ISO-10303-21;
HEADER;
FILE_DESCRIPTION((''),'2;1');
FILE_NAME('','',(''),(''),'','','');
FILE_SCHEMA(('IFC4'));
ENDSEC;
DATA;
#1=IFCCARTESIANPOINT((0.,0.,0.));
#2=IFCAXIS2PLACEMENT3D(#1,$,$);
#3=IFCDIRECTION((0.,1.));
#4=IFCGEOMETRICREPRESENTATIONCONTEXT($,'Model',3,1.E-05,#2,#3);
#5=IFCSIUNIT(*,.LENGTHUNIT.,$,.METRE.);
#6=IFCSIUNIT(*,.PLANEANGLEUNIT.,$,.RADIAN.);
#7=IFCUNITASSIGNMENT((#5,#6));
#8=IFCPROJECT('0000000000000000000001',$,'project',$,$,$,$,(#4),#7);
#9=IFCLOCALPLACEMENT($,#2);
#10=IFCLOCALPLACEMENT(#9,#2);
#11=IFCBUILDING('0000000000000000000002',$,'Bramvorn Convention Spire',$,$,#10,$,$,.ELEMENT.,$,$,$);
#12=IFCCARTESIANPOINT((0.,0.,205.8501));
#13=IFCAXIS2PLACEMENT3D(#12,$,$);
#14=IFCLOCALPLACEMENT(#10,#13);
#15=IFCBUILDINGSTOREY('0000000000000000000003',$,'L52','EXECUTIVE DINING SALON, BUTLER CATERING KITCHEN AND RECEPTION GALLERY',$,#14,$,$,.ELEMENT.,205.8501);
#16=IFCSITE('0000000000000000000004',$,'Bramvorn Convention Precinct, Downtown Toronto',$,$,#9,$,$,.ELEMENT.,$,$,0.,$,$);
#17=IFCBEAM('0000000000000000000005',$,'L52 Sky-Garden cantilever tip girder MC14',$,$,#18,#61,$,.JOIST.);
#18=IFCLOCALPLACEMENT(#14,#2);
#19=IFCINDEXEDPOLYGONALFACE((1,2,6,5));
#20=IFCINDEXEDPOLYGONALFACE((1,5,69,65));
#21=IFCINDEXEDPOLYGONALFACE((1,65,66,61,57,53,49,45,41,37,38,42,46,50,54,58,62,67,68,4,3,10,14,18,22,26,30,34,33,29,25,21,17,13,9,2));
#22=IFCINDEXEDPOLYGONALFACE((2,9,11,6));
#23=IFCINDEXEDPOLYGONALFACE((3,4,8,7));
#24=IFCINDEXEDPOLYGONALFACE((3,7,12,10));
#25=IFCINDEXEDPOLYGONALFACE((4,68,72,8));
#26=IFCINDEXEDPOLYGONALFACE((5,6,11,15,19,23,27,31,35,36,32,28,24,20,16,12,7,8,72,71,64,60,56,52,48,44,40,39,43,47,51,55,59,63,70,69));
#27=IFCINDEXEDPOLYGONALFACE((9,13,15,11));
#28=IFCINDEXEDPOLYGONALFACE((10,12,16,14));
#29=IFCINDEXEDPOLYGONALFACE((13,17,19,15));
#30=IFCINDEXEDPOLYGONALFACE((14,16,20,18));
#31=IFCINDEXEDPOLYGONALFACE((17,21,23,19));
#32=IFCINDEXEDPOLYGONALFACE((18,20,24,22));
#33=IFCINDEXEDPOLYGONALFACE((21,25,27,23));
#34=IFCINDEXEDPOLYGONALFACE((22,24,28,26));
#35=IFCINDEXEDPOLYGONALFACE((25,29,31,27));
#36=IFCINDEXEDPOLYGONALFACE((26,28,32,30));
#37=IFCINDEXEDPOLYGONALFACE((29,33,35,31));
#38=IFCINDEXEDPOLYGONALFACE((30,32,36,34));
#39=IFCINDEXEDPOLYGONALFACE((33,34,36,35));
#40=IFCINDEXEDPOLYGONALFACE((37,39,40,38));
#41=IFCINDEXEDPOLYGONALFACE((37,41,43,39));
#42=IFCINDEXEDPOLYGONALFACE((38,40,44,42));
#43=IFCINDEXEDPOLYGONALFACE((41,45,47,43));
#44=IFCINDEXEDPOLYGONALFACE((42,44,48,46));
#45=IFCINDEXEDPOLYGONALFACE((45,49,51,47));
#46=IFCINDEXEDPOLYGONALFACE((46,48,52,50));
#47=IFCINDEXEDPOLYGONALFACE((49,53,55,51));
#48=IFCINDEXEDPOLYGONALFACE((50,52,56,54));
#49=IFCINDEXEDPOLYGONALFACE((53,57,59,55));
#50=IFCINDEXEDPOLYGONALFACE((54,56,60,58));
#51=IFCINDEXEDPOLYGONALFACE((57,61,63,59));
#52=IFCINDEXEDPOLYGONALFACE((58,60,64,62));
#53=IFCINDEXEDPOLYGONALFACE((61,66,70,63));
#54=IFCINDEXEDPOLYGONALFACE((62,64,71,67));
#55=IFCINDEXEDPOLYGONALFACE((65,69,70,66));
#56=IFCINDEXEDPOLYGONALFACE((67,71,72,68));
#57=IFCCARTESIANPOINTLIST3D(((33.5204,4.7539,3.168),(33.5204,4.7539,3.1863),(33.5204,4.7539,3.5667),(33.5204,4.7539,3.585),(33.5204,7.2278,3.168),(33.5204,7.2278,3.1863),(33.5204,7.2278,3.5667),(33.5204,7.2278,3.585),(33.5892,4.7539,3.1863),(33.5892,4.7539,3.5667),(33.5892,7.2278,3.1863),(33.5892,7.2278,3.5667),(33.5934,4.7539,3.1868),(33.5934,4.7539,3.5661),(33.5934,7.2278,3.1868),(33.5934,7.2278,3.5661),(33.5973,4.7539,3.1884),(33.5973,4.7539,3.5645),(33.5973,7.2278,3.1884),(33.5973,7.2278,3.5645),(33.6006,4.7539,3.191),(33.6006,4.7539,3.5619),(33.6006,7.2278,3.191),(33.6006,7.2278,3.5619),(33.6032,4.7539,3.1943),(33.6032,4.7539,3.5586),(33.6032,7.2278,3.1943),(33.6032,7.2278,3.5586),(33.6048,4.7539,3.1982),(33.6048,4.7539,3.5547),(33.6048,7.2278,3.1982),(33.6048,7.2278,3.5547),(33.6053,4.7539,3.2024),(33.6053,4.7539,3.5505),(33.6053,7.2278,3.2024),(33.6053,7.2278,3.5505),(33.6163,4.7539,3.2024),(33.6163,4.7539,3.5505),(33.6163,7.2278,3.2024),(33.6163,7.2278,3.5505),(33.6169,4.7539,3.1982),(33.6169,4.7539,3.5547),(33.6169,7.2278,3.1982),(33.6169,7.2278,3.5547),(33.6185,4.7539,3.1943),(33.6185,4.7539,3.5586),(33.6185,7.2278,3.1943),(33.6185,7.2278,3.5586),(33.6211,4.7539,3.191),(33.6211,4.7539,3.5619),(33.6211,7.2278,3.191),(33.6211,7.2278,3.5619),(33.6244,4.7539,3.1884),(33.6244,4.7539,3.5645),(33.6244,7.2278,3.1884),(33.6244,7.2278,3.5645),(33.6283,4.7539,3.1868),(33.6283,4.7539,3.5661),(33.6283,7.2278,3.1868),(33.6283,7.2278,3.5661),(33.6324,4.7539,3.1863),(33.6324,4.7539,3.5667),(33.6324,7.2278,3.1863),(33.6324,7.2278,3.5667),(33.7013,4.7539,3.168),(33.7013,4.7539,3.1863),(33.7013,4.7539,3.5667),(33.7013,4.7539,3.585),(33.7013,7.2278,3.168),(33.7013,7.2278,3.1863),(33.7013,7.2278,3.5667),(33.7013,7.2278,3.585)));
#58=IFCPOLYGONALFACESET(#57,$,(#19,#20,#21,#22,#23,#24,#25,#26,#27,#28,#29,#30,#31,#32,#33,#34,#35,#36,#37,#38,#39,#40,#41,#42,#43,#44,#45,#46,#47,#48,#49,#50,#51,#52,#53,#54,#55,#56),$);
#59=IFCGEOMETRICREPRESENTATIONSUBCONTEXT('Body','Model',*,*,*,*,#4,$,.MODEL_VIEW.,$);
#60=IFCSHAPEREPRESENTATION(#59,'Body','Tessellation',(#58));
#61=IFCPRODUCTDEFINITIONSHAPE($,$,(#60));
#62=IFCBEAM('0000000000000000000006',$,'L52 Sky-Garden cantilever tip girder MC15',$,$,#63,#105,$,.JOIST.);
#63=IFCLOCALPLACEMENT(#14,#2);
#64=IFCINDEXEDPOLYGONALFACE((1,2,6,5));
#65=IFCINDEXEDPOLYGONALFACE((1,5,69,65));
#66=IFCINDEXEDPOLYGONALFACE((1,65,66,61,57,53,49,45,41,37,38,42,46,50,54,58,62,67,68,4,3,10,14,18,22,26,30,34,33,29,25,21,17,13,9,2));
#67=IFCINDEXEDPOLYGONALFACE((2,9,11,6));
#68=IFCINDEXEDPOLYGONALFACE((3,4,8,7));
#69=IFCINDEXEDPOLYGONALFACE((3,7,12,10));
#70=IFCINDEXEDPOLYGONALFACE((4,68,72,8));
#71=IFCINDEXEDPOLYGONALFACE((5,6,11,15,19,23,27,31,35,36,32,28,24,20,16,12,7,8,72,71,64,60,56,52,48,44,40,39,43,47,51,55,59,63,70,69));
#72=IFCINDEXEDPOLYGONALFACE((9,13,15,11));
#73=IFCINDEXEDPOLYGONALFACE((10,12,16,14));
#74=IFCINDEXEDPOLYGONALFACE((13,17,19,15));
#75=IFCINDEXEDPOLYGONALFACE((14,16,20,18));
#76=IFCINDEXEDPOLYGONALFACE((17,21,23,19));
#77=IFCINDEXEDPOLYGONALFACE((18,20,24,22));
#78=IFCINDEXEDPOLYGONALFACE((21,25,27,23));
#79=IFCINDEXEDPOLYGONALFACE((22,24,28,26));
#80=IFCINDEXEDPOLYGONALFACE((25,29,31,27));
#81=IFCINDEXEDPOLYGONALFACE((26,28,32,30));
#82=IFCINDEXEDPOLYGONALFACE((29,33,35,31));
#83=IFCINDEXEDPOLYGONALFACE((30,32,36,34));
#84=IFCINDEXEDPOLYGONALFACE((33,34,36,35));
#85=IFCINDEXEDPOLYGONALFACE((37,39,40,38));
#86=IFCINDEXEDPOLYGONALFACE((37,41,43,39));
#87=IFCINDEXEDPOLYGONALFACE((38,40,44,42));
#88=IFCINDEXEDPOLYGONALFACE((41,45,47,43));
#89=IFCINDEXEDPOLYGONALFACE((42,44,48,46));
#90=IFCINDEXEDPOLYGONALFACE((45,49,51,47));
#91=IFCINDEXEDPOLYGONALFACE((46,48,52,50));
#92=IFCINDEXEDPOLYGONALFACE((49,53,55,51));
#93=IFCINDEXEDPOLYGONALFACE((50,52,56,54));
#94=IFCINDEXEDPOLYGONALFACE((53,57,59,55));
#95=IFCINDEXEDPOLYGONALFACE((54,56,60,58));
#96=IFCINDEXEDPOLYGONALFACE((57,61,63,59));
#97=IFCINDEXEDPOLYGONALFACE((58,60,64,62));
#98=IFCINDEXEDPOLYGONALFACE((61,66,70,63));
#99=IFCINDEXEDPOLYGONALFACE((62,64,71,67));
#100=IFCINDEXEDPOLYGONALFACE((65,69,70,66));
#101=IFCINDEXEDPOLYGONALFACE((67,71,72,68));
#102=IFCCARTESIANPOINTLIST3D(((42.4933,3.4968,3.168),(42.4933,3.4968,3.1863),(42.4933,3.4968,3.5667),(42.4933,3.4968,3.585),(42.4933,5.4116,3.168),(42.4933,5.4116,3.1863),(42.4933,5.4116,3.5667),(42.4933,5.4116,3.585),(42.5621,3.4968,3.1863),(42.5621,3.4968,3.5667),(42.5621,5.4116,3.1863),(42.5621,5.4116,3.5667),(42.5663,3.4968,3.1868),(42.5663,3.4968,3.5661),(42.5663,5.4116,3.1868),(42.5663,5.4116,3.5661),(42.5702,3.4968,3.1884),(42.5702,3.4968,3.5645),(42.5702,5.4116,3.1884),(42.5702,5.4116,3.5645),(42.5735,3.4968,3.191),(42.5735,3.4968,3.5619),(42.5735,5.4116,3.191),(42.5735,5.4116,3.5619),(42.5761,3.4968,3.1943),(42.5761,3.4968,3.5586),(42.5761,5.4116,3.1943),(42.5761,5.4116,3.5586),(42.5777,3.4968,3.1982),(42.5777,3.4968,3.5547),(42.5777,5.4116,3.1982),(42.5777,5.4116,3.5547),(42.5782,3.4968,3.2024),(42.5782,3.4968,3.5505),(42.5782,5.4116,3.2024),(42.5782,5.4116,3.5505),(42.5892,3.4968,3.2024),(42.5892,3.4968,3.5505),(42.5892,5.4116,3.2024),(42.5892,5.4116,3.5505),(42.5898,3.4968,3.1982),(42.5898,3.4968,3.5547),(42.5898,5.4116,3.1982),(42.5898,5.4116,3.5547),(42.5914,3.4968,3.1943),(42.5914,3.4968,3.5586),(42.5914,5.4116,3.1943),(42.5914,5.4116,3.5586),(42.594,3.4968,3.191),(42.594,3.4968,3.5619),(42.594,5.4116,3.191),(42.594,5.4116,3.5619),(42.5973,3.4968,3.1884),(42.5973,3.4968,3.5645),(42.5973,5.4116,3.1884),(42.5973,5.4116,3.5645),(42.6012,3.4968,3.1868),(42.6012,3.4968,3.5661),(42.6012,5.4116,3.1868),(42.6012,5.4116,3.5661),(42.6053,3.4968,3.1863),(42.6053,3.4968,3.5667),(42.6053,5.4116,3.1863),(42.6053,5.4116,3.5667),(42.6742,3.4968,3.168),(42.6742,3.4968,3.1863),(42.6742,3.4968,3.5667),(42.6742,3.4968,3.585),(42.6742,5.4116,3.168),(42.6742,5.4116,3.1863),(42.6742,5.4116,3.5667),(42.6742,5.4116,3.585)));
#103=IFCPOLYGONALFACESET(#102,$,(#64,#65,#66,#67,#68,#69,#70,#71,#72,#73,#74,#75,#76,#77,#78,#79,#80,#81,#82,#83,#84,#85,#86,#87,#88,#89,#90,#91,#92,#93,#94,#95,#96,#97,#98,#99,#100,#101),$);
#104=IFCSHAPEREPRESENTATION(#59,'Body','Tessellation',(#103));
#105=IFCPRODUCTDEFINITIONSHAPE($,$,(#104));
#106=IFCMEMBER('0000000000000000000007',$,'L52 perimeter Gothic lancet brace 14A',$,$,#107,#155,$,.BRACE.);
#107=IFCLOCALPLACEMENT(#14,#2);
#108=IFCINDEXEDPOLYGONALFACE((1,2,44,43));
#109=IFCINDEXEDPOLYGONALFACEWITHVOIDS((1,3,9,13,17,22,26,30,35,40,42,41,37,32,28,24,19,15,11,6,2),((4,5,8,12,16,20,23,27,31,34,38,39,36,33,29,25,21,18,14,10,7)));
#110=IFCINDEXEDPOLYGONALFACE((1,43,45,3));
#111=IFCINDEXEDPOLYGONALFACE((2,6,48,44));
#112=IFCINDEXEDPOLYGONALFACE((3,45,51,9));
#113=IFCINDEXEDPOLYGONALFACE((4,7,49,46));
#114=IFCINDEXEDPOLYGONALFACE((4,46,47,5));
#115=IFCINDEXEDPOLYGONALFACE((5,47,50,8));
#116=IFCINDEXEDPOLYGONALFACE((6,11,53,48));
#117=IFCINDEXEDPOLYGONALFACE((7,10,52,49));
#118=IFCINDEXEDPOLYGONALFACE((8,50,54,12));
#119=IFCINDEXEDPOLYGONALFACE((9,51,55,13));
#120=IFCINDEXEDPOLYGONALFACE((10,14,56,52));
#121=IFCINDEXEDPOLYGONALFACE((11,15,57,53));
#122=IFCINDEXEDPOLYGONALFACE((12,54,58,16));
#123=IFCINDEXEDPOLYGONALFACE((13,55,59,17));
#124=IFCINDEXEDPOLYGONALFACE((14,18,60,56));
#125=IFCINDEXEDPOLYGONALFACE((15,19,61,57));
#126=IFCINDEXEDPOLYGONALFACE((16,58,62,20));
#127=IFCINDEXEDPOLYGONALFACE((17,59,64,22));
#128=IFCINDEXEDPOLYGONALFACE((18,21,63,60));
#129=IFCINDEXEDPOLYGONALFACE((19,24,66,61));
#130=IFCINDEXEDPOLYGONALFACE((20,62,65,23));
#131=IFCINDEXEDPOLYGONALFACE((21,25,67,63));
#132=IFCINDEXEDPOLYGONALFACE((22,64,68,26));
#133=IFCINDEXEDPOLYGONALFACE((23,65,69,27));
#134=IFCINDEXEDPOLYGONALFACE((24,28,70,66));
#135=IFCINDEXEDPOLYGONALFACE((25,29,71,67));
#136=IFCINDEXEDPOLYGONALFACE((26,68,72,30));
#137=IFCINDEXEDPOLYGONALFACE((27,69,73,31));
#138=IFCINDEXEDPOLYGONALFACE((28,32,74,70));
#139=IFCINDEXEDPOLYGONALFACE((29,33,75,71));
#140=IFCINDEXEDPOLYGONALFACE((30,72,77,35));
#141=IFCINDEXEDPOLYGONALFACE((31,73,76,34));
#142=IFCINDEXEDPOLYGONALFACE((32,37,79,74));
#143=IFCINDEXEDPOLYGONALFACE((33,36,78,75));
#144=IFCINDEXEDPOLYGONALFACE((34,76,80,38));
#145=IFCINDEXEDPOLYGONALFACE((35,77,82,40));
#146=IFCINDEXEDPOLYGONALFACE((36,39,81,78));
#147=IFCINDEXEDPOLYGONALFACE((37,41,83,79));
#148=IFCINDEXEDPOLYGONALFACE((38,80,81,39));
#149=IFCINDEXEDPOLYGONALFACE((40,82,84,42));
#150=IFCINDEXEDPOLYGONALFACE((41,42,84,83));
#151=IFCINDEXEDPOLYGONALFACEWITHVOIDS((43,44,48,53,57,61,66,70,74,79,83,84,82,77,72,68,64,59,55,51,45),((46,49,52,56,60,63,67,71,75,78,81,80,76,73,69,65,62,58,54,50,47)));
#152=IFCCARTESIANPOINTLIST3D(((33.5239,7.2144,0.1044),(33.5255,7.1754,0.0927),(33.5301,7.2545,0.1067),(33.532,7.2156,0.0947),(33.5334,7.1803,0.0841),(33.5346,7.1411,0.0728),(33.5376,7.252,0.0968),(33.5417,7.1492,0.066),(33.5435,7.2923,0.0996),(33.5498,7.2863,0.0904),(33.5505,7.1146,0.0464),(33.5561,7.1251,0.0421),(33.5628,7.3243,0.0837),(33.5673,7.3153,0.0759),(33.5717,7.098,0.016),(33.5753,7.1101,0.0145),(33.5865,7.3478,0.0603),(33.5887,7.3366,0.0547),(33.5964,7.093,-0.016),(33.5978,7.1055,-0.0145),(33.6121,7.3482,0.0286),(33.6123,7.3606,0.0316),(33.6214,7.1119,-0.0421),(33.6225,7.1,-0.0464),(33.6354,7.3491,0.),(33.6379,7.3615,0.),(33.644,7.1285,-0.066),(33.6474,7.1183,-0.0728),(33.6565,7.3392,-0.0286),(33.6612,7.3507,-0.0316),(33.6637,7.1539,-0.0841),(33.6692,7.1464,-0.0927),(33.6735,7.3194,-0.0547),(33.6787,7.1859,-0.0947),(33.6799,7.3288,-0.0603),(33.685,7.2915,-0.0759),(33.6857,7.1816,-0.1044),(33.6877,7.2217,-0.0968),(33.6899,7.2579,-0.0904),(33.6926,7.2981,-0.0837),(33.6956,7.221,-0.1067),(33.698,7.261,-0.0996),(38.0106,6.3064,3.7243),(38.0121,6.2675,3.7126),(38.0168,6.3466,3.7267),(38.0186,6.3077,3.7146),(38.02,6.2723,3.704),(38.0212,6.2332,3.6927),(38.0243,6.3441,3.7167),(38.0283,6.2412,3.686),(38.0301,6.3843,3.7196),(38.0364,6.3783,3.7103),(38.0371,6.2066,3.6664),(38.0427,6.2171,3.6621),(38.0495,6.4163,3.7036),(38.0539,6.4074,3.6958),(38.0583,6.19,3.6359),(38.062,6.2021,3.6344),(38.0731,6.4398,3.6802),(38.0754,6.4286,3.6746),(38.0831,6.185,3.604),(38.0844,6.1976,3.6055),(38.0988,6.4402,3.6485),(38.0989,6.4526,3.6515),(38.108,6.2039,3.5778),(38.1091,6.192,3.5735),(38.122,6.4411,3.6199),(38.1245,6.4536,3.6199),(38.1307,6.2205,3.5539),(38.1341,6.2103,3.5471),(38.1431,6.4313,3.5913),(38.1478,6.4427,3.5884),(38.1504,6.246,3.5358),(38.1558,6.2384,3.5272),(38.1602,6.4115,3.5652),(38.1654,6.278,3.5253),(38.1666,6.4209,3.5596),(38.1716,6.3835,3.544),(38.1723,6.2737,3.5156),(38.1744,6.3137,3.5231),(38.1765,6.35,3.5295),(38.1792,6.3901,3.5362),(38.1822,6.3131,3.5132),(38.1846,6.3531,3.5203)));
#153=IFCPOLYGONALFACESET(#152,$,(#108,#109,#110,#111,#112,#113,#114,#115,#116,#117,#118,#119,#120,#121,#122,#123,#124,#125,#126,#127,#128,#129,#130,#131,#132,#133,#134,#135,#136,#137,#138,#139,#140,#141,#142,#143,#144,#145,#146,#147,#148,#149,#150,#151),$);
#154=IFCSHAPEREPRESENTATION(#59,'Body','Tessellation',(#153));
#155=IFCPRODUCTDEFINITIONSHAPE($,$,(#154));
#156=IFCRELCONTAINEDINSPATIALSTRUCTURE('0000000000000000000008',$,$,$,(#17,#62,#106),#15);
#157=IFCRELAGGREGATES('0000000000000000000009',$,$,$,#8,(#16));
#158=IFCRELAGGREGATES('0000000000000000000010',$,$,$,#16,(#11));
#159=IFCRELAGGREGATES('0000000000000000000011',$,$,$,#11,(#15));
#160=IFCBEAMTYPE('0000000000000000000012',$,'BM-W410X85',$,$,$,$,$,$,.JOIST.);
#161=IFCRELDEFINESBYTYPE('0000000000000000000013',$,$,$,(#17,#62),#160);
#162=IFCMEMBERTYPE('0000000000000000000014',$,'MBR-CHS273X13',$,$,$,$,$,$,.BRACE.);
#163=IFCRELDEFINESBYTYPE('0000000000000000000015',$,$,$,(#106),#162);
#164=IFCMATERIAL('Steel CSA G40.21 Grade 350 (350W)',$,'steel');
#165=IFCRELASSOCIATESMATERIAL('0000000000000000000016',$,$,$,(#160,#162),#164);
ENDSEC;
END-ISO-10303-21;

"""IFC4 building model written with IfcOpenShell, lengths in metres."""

from ifc_helpers import new_model, si_unit, direction, frame, origin, origin_2d, place, context, subcontext, project, spatial, hollow_circle, i_section, extrude, material, material_profile, profile_set, type_object, element, save


model = new_model("IFC4")

# Units and contexts
model_context = context("Model", 3, precision=1e-05, world=origin(), true_north=direction((0.0, 1.0)))
body_context = subcontext(model_context, "Body", "Model", "MODEL_VIEW")
ifc_project = project(units=[si_unit("LENGTHUNIT", "METRE"), si_unit("PLANEANGLEUNIT", "RADIAN")], contexts=[model_context])

# Site, building, storey
site_placement = place(None, origin())
site = spatial("IfcSite", under=ifc_project, at=site_placement, Name="Bramvorn Convention Precinct, Downtown Toronto", CompositionType="ELEMENT", RefElevation=0.0)
building_placement = place(site_placement, origin())
building = spatial("IfcBuilding", under=site, at=building_placement, Name="Bramvorn Convention Spire", CompositionType="ELEMENT")
storey_placement = place(building_placement, frame((0.0, 0.0, 205.8501)))
storey = spatial("IfcBuildingStorey", under=building, at=storey_placement, Name="L52", Description="EXECUTIVE DINING SALON, BUTLER CATERING KITCHEN AND RECEPTION GALLERY", CompositionType="ELEMENT", Elevation=205.8501)

# Shared definitions
ifc_material_1 = material(Name="Steel CSA G40.21 Grade 350 (350W)", Category="steel")

# Beams
ifc_material_profile_1 = material_profile(ifc_material_1, i_section(OverallWidth=0.1809, OverallDepth=0.417, WebThickness=0.011, FlangeThickness=0.0183, FilletRadius=0.0161, at=origin_2d()))
ifc_profile_set_1 = profile_set([ifc_material_profile_1], Name="Steel CSA G40.21 Grade 350 (350W) - W410X85")
beam_type_1 = type_object("IfcBeamType", Name="BM-W410X85", PredefinedType="JOIST", material=ifc_profile_set_1)
beam_1_placement = place(storey_placement, frame((33.6108, 7.2278, 3.3765), z_axis=(0.0, -1.0, 0.0), x_axis=(1.0, 0.0, 0.0)))
element("IfcBeam", 1, at=beam_1_placement, inside=storey, type_object=beam_type_1, Name="L52 Sky-Garden cantilever tip girder MC14", PredefinedType="JOIST", context=body_context, shape_type="SweptSolid", body=[
    extrude(i_section(OverallWidth=0.1809, OverallDepth=0.417, WebThickness=0.011, FlangeThickness=0.0183, FilletRadius=0.0161, at=origin_2d()), origin(), (0.0, 0.0, 1.0), 2.4739),
])
beam_2_placement = place(storey_placement, frame((42.5837, 5.4116, 3.3765), z_axis=(0.0, -1.0, 0.0), x_axis=(1.0, 0.0, 0.0)))
element("IfcBeam", 2, at=beam_2_placement, inside=storey, type_object=beam_type_1, Name="L52 Sky-Garden cantilever tip girder MC15", PredefinedType="JOIST", context=body_context, shape_type="SweptSolid", body=[
    extrude(i_section(OverallWidth=0.1809, OverallDepth=0.417, WebThickness=0.011, FlangeThickness=0.0183, FilletRadius=0.0161, at=origin_2d()), origin(), (0.0, 0.0, 1.0), 1.9148),
])

# Member
ifc_material_profile_2 = material_profile(ifc_material_1, hollow_circle(Radius=0.1365, WallThickness=0.0127, at=origin_2d()))
ifc_profile_set_2 = profile_set([ifc_material_profile_2], Name="Steel CSA G40.21 Grade 350 (350W) - CHS273X13")
member_type = type_object("IfcMemberType", Name="MBR-CHS273X13", PredefinedType="BRACE", material=ifc_profile_set_2)
member_1_placement = place(storey_placement, frame((33.6108, 7.2278, 0.0), z_axis=(0.768794, -0.155583, 0.620282), x_axis=(0.198352, 0.980131, 0.0)))
element("IfcMember", 3, at=member_1_placement, inside=storey, type_object=member_type, Name="L52 perimeter Gothic lancet brace 14A", PredefinedType="BRACE", context=body_context, shape_type="SweptSolid", body=[
    extrude(hollow_circle(Radius=0.1365, WallThickness=0.0127, at=origin_2d()), origin(), (0.0, 0.0, 1.0), 5.8359),
])

save(model, "model.ifc")
